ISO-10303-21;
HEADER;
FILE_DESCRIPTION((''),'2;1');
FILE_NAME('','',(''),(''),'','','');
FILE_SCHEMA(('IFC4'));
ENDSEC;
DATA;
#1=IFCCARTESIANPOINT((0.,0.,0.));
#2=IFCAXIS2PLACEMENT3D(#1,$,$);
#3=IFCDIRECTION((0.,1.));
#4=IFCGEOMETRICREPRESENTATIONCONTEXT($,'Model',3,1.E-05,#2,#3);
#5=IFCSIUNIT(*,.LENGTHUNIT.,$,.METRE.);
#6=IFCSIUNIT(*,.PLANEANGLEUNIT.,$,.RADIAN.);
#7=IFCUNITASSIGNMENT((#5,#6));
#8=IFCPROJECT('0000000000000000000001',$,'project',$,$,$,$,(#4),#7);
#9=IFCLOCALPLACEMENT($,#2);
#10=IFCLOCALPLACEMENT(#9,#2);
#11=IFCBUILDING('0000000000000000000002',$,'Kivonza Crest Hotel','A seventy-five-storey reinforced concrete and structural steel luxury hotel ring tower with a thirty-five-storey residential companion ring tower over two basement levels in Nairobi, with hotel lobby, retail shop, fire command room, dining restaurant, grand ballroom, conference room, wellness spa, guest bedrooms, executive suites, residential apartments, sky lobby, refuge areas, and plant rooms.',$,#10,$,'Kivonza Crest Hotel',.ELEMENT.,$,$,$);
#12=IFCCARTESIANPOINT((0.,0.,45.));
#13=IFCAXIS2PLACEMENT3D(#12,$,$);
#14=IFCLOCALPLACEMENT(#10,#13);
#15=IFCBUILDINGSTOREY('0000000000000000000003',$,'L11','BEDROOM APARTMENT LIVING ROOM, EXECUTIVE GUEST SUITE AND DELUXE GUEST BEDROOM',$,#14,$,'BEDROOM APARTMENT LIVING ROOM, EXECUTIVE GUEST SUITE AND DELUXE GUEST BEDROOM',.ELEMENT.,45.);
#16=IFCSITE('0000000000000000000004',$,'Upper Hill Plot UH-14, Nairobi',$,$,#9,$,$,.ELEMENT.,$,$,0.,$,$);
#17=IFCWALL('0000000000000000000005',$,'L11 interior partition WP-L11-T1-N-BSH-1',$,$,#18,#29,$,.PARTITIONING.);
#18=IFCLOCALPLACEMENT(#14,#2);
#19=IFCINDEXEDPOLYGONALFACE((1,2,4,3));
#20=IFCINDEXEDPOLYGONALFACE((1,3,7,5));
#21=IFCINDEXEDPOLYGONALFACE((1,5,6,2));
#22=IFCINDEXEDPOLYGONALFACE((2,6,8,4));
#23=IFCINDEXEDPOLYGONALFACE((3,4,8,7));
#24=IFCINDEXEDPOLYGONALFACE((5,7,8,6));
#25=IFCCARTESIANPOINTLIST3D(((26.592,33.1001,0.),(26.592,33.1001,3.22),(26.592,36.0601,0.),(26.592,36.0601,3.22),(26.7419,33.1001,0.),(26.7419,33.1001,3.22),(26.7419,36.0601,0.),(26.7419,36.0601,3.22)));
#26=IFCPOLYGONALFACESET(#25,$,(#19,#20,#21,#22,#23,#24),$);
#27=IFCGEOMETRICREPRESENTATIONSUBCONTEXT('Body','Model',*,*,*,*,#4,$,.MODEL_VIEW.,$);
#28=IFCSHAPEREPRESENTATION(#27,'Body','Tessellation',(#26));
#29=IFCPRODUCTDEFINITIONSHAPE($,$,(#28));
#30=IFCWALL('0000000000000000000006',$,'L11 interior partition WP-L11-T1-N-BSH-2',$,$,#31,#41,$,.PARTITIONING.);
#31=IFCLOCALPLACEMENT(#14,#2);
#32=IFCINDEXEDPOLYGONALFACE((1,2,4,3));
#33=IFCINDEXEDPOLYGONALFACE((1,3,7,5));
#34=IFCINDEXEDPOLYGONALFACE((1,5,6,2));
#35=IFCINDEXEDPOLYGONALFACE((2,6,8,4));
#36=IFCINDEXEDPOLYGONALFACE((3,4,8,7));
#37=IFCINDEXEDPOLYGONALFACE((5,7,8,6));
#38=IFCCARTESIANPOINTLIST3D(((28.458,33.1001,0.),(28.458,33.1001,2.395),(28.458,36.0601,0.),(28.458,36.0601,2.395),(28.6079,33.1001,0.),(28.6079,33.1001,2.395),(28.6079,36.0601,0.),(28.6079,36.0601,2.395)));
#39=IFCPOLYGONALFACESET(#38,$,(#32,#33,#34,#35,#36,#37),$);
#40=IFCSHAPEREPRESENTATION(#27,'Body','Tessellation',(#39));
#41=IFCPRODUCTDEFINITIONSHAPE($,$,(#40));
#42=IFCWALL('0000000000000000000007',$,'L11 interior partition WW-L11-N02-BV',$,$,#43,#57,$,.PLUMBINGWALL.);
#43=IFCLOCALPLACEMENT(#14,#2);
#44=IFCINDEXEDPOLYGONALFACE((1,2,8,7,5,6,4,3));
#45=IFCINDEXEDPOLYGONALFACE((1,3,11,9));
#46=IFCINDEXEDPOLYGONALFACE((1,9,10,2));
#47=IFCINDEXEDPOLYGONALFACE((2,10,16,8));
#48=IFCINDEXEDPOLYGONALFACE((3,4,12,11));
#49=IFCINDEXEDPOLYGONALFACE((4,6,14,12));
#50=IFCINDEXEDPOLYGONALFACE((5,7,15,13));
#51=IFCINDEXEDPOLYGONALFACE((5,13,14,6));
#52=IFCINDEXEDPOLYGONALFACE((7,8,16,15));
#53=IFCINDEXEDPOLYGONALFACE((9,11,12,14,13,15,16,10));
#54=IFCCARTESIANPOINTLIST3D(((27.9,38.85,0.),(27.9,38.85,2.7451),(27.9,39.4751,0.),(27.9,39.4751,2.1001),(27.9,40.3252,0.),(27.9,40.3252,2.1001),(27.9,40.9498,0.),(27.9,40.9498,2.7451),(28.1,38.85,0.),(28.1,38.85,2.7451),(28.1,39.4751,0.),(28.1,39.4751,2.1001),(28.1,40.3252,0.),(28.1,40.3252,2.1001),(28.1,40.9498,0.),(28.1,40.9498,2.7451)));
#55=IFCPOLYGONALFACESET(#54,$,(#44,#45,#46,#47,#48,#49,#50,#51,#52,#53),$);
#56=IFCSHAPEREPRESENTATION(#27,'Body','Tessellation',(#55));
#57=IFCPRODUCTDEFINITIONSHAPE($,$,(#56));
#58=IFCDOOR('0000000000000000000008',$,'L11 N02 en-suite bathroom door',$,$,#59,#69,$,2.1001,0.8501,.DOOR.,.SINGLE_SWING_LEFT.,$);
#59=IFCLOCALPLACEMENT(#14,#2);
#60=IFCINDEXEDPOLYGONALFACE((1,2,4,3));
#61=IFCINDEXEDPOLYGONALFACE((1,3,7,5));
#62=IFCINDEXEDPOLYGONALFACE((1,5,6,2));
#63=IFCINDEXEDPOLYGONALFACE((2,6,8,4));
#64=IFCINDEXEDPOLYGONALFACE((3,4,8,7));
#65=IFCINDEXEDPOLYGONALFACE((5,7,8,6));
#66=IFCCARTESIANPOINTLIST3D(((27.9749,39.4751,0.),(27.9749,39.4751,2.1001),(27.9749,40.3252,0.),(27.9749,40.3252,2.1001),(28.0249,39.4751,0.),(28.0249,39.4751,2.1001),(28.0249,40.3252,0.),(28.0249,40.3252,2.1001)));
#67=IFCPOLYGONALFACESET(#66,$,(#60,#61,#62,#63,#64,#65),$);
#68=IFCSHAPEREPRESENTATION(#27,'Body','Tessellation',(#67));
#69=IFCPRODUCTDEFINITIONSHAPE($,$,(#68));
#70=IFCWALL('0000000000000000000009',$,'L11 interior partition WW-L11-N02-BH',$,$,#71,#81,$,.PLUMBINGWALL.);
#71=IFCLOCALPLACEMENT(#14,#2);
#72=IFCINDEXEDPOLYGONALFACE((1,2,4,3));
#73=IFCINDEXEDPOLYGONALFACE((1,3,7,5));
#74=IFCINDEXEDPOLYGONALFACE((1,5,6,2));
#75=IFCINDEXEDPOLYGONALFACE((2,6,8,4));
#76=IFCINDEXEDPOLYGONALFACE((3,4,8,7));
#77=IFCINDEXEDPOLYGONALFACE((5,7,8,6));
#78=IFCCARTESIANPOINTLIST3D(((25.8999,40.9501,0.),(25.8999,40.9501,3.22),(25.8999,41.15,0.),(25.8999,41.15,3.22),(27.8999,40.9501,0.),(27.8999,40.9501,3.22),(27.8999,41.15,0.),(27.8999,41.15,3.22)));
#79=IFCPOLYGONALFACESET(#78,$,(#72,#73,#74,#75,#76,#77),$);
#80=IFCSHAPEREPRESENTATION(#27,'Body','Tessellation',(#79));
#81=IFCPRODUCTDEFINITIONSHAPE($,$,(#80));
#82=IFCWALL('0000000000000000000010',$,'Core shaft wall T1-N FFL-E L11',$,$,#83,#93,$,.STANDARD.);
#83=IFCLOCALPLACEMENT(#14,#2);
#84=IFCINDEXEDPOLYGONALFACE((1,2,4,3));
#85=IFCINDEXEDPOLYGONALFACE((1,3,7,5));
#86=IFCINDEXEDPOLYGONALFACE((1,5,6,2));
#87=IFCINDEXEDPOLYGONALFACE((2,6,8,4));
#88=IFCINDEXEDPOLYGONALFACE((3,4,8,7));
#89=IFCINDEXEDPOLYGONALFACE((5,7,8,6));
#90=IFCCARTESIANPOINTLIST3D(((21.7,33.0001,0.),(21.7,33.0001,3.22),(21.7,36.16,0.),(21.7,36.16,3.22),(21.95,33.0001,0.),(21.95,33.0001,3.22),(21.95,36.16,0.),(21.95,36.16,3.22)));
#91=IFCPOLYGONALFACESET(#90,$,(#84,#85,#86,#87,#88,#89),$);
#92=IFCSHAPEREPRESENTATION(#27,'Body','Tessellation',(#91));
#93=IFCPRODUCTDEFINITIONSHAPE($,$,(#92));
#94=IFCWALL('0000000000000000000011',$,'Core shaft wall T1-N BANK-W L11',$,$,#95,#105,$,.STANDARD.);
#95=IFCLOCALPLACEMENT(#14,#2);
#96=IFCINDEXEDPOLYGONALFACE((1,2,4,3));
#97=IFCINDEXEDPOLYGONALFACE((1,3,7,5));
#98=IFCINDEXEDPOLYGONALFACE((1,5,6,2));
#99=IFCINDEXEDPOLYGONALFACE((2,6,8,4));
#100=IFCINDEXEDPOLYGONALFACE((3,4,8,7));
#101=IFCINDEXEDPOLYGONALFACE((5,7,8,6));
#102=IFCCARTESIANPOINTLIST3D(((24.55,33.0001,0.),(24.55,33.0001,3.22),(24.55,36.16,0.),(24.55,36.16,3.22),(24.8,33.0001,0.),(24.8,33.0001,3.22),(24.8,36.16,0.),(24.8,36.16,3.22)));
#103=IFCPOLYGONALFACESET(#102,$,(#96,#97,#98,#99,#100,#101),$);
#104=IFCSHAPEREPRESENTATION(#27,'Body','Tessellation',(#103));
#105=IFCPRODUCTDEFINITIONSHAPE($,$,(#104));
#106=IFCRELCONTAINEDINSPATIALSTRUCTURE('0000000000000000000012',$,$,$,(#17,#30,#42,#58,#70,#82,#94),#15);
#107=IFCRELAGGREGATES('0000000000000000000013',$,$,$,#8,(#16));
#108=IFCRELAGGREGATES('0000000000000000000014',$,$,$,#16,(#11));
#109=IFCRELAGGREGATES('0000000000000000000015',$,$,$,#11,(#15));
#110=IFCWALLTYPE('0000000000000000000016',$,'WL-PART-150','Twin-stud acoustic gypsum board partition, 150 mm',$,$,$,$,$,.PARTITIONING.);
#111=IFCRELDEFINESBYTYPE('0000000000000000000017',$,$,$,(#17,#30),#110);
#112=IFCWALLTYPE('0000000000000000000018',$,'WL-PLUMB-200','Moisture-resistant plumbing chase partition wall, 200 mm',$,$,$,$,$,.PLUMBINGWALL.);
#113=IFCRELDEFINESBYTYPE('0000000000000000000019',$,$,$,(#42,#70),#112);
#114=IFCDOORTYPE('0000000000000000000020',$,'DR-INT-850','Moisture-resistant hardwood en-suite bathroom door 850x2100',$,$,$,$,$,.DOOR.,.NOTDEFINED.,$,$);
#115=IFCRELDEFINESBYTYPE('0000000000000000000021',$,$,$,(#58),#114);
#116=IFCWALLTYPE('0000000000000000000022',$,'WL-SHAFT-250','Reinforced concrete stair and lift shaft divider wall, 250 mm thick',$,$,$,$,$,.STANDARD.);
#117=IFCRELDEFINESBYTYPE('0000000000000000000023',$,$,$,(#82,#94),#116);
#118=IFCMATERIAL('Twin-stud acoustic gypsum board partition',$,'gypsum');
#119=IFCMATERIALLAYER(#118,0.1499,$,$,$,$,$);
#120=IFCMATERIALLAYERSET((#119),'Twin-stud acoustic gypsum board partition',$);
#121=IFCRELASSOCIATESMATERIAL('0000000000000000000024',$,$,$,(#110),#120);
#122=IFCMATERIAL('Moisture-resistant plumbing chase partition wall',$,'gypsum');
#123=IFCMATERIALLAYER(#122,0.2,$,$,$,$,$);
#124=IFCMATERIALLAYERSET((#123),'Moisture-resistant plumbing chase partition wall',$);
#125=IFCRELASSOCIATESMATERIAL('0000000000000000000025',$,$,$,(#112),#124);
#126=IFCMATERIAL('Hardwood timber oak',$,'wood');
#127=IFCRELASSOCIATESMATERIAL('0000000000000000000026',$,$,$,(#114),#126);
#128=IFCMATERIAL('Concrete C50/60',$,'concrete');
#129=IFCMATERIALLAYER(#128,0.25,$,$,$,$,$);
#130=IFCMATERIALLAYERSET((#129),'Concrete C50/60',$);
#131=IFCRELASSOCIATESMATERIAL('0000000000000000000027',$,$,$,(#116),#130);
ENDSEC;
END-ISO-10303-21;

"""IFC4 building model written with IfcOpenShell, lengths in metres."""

from ifc_helpers import new_model, si_unit, direction, frame, frame_2d, origin, place, context, subcontext, project, spatial, rectangle, extrude, material, layer, layer_set, type_object, element, fill, save


model = new_model("IFC4")

# Units and contexts
model_context = context("Model", 3, precision=1e-05, world=origin(), true_north=direction((0.0, 1.0)))
body_context = subcontext(model_context, "Body", "Model", "MODEL_VIEW")
ifc_project = project(units=[si_unit("LENGTHUNIT", "METRE"), si_unit("PLANEANGLEUNIT", "RADIAN")], contexts=[model_context])

# Site, building, storey
site_placement = place(None, origin())
site = spatial("IfcSite", under=ifc_project, at=site_placement, Name="Upper Hill Plot UH-14, Nairobi", CompositionType="ELEMENT", RefElevation=0.0)
building_placement = place(site_placement, origin())
building = spatial("IfcBuilding", under=site, at=building_placement, Name="Kivonza Crest Hotel", Description="A seventy-five-storey reinforced concrete and structural steel luxury hotel ring tower with a thirty-five-storey residential companion ring tower over two basement levels in Nairobi, with hotel lobby, retail shop, fire command room, dining restaurant, grand ballroom, conference room, wellness spa, guest bedrooms, executive suites, residential apartments, sky lobby, refuge areas, and plant rooms.", LongName="Kivonza Crest Hotel", CompositionType="ELEMENT")
storey_placement = place(building_placement, frame((0.0, 0.0, 45.0)))
storey = spatial("IfcBuildingStorey", under=building, at=storey_placement, Name="L11", Description="BEDROOM APARTMENT LIVING ROOM, EXECUTIVE GUEST SUITE AND DELUXE GUEST BEDROOM", LongName="BEDROOM APARTMENT LIVING ROOM, EXECUTIVE GUEST SUITE AND DELUXE GUEST BEDROOM", CompositionType="ELEMENT", Elevation=45.0)

# Shared definitions
ifc_material_1 = material(Name="Hardwood timber oak", Category="wood")

# Walls
ifc_material_2 = material(Name="Twin-stud acoustic gypsum board partition", Category="gypsum")
ifc_layer_1 = layer(ifc_material_2, 0.1499)
ifc_layer_set_1 = layer_set([ifc_layer_1], Name="Twin-stud acoustic gypsum board partition")
wall_type_1 = type_object("IfcWallType", Name="WL-PART-150", Description="Twin-stud acoustic gypsum board partition, 150 mm", PredefinedType="PARTITIONING", material=ifc_layer_set_1)
wall_1_placement = place(storey_placement, frame((26.667, 33.1001, 0.0), z_axis=(0.0, 0.0, 1.0), x_axis=(0.0, 1.0, 0.0)))
element("IfcWall", 1, at=wall_1_placement, inside=storey, type_object=wall_type_1, Name="L11 interior partition WP-L11-T1-N-BSH-1", PredefinedType="PARTITIONING", context=body_context, shape_type="SweptSolid", body=[
    extrude(rectangle(XDim=2.96, YDim=0.1499, at=frame_2d((1.48, 0.0))), origin(), (0.0, 0.0, 1.0), 3.22),
])
wall_2_placement = place(storey_placement, frame((28.533, 33.1001, 0.0), z_axis=(0.0, 0.0, 1.0), x_axis=(0.0, 1.0, 0.0)))
element("IfcWall", 2, at=wall_2_placement, inside=storey, type_object=wall_type_1, Name="L11 interior partition WP-L11-T1-N-BSH-2", PredefinedType="PARTITIONING", context=body_context, shape_type="SweptSolid", body=[
    extrude(rectangle(XDim=2.96, YDim=0.1499, at=frame_2d((1.48, 0.0))), origin(), (0.0, 0.0, 1.0), 2.395),
])

# Wall, opening, door
ifc_material_3 = material(Name="Moisture-resistant plumbing chase partition wall", Category="gypsum")
ifc_layer_2 = layer(ifc_material_3, 0.2)
ifc_layer_set_2 = layer_set([ifc_layer_2], Name="Moisture-resistant plumbing chase partition wall")
wall_type_2 = type_object("IfcWallType", Name="WL-PLUMB-200", Description="Moisture-resistant plumbing chase partition wall, 200 mm", PredefinedType="PLUMBINGWALL", material=ifc_layer_set_2)
wall_3_placement = place(storey_placement, frame((28.0, 38.8501, 0.0), z_axis=(0.0, 0.0, 1.0), x_axis=(0.0, 1.0, 0.0)))
wall_3 = element("IfcWall", 3, at=wall_3_placement, inside=storey, type_object=wall_type_2, Name="L11 interior partition WW-L11-N02-BV", PredefinedType="PLUMBINGWALL", context=body_context, shape_type="SweptSolid", body=[
    extrude(rectangle(XDim=2.0999, YDim=0.2, at=frame_2d((1.0498, 0.0))), origin(), (0.0, 0.0, 1.0), 2.7451),
])
opening_1_placement = place(wall_3_placement, frame((0.625, 0.0, 0.0)))
opening_1 = element("IfcOpeningElement", 4, at=opening_1_placement, cuts=wall_3, PredefinedType="OPENING", context=body_context, shape_type="SweptSolid", body=[
    extrude(rectangle(XDim=0.8501, YDim=2.1001, at=frame_2d((0.425, 1.05))), frame((0.0, 0.1099, 0.0), z_axis=(0.0, -1.0, 0.0), x_axis=(1.0, 0.0, 0.0)), (0.0, 0.0, 1.0), 0.22),
])
door_type_1 = type_object("IfcDoorType", Name="DR-INT-850", Description="Moisture-resistant hardwood en-suite bathroom door 850x2100", OperationType="NOTDEFINED", PredefinedType="DOOR", material=ifc_material_1)
door_1_placement = place(opening_1_placement, frame((0.8501, 0.0, 0.0), z_axis=(0.0, 0.0, 1.0), x_axis=(-1.0, 0.0, 0.0)))
door_1 = element("IfcDoor", 5, at=door_1_placement, inside=storey, type_object=door_type_1, Name="L11 N02 en-suite bathroom door", OperationType="SINGLE_SWING_LEFT", OverallHeight=2.1001, OverallWidth=0.8501, PredefinedType="DOOR", context=body_context, shape_type="SweptSolid", body=[
    extrude(rectangle(XDim=0.8501, YDim=2.1001, at=frame_2d((0.425, 1.05))), frame((0.0, 0.0249, 0.0), z_axis=(0.0, -1.0, 0.0), x_axis=(1.0, 0.0, 0.0)), (0.0, 0.0, 1.0), 0.05),
])
fill(opening_1, door_1)

# Wall
wall_4_placement = place(storey_placement, frame((25.8999, 41.05, 0.0), z_axis=(0.0, 0.0, 1.0), x_axis=(1.0, 0.0, 0.0)))
element("IfcWall", 6, at=wall_4_placement, inside=storey, type_object=wall_type_2, Name="L11 interior partition WW-L11-N02-BH", PredefinedType="PLUMBINGWALL", context=body_context, shape_type="SweptSolid", body=[
    extrude(rectangle(XDim=2.0, YDim=0.2, at=frame_2d((1.0, 0.0))), origin(), (0.0, 0.0, 1.0), 3.22),
])

# Shared definitions
ifc_material_4 = material(Name="Concrete C50/60", Category="concrete")
ifc_layer_3 = layer(ifc_material_4, 0.25)
ifc_layer_set_3 = layer_set([ifc_layer_3], Name="Concrete C50/60")
wall_type_3 = type_object("IfcWallType", Name="WL-SHAFT-250", Description="Reinforced concrete stair and lift shaft divider wall, 250 mm thick", PredefinedType="STANDARD", material=ifc_layer_set_3)

# Walls
for number, where, z_axis, x_axis, name in (
    (7, (21.825, 33.0, 0.0), (0.0, 0.0, 1.0), (0.0, 1.0, 0.0), "Core shaft wall T1-N FFL-E L11"),
    (8, (24.675, 33.0, 0.0), (0.0, 0.0, 1.0), (0.0, 1.0, 0.0), "Core shaft wall T1-N BANK-W L11"),
):
    element("IfcWall", number, at=place(storey_placement, frame(where, z_axis=z_axis, x_axis=x_axis)), inside=storey, type_object=wall_type_3, Name=name, PredefinedType="STANDARD", context=body_context, shape_type="SweptSolid", body=[
        extrude(rectangle(XDim=3.1599, YDim=0.25, at=frame_2d((1.5801, 0.0))), origin(), (0.0, 0.0, 1.0), 3.22),
    ])

save(model, "model.ifc")
